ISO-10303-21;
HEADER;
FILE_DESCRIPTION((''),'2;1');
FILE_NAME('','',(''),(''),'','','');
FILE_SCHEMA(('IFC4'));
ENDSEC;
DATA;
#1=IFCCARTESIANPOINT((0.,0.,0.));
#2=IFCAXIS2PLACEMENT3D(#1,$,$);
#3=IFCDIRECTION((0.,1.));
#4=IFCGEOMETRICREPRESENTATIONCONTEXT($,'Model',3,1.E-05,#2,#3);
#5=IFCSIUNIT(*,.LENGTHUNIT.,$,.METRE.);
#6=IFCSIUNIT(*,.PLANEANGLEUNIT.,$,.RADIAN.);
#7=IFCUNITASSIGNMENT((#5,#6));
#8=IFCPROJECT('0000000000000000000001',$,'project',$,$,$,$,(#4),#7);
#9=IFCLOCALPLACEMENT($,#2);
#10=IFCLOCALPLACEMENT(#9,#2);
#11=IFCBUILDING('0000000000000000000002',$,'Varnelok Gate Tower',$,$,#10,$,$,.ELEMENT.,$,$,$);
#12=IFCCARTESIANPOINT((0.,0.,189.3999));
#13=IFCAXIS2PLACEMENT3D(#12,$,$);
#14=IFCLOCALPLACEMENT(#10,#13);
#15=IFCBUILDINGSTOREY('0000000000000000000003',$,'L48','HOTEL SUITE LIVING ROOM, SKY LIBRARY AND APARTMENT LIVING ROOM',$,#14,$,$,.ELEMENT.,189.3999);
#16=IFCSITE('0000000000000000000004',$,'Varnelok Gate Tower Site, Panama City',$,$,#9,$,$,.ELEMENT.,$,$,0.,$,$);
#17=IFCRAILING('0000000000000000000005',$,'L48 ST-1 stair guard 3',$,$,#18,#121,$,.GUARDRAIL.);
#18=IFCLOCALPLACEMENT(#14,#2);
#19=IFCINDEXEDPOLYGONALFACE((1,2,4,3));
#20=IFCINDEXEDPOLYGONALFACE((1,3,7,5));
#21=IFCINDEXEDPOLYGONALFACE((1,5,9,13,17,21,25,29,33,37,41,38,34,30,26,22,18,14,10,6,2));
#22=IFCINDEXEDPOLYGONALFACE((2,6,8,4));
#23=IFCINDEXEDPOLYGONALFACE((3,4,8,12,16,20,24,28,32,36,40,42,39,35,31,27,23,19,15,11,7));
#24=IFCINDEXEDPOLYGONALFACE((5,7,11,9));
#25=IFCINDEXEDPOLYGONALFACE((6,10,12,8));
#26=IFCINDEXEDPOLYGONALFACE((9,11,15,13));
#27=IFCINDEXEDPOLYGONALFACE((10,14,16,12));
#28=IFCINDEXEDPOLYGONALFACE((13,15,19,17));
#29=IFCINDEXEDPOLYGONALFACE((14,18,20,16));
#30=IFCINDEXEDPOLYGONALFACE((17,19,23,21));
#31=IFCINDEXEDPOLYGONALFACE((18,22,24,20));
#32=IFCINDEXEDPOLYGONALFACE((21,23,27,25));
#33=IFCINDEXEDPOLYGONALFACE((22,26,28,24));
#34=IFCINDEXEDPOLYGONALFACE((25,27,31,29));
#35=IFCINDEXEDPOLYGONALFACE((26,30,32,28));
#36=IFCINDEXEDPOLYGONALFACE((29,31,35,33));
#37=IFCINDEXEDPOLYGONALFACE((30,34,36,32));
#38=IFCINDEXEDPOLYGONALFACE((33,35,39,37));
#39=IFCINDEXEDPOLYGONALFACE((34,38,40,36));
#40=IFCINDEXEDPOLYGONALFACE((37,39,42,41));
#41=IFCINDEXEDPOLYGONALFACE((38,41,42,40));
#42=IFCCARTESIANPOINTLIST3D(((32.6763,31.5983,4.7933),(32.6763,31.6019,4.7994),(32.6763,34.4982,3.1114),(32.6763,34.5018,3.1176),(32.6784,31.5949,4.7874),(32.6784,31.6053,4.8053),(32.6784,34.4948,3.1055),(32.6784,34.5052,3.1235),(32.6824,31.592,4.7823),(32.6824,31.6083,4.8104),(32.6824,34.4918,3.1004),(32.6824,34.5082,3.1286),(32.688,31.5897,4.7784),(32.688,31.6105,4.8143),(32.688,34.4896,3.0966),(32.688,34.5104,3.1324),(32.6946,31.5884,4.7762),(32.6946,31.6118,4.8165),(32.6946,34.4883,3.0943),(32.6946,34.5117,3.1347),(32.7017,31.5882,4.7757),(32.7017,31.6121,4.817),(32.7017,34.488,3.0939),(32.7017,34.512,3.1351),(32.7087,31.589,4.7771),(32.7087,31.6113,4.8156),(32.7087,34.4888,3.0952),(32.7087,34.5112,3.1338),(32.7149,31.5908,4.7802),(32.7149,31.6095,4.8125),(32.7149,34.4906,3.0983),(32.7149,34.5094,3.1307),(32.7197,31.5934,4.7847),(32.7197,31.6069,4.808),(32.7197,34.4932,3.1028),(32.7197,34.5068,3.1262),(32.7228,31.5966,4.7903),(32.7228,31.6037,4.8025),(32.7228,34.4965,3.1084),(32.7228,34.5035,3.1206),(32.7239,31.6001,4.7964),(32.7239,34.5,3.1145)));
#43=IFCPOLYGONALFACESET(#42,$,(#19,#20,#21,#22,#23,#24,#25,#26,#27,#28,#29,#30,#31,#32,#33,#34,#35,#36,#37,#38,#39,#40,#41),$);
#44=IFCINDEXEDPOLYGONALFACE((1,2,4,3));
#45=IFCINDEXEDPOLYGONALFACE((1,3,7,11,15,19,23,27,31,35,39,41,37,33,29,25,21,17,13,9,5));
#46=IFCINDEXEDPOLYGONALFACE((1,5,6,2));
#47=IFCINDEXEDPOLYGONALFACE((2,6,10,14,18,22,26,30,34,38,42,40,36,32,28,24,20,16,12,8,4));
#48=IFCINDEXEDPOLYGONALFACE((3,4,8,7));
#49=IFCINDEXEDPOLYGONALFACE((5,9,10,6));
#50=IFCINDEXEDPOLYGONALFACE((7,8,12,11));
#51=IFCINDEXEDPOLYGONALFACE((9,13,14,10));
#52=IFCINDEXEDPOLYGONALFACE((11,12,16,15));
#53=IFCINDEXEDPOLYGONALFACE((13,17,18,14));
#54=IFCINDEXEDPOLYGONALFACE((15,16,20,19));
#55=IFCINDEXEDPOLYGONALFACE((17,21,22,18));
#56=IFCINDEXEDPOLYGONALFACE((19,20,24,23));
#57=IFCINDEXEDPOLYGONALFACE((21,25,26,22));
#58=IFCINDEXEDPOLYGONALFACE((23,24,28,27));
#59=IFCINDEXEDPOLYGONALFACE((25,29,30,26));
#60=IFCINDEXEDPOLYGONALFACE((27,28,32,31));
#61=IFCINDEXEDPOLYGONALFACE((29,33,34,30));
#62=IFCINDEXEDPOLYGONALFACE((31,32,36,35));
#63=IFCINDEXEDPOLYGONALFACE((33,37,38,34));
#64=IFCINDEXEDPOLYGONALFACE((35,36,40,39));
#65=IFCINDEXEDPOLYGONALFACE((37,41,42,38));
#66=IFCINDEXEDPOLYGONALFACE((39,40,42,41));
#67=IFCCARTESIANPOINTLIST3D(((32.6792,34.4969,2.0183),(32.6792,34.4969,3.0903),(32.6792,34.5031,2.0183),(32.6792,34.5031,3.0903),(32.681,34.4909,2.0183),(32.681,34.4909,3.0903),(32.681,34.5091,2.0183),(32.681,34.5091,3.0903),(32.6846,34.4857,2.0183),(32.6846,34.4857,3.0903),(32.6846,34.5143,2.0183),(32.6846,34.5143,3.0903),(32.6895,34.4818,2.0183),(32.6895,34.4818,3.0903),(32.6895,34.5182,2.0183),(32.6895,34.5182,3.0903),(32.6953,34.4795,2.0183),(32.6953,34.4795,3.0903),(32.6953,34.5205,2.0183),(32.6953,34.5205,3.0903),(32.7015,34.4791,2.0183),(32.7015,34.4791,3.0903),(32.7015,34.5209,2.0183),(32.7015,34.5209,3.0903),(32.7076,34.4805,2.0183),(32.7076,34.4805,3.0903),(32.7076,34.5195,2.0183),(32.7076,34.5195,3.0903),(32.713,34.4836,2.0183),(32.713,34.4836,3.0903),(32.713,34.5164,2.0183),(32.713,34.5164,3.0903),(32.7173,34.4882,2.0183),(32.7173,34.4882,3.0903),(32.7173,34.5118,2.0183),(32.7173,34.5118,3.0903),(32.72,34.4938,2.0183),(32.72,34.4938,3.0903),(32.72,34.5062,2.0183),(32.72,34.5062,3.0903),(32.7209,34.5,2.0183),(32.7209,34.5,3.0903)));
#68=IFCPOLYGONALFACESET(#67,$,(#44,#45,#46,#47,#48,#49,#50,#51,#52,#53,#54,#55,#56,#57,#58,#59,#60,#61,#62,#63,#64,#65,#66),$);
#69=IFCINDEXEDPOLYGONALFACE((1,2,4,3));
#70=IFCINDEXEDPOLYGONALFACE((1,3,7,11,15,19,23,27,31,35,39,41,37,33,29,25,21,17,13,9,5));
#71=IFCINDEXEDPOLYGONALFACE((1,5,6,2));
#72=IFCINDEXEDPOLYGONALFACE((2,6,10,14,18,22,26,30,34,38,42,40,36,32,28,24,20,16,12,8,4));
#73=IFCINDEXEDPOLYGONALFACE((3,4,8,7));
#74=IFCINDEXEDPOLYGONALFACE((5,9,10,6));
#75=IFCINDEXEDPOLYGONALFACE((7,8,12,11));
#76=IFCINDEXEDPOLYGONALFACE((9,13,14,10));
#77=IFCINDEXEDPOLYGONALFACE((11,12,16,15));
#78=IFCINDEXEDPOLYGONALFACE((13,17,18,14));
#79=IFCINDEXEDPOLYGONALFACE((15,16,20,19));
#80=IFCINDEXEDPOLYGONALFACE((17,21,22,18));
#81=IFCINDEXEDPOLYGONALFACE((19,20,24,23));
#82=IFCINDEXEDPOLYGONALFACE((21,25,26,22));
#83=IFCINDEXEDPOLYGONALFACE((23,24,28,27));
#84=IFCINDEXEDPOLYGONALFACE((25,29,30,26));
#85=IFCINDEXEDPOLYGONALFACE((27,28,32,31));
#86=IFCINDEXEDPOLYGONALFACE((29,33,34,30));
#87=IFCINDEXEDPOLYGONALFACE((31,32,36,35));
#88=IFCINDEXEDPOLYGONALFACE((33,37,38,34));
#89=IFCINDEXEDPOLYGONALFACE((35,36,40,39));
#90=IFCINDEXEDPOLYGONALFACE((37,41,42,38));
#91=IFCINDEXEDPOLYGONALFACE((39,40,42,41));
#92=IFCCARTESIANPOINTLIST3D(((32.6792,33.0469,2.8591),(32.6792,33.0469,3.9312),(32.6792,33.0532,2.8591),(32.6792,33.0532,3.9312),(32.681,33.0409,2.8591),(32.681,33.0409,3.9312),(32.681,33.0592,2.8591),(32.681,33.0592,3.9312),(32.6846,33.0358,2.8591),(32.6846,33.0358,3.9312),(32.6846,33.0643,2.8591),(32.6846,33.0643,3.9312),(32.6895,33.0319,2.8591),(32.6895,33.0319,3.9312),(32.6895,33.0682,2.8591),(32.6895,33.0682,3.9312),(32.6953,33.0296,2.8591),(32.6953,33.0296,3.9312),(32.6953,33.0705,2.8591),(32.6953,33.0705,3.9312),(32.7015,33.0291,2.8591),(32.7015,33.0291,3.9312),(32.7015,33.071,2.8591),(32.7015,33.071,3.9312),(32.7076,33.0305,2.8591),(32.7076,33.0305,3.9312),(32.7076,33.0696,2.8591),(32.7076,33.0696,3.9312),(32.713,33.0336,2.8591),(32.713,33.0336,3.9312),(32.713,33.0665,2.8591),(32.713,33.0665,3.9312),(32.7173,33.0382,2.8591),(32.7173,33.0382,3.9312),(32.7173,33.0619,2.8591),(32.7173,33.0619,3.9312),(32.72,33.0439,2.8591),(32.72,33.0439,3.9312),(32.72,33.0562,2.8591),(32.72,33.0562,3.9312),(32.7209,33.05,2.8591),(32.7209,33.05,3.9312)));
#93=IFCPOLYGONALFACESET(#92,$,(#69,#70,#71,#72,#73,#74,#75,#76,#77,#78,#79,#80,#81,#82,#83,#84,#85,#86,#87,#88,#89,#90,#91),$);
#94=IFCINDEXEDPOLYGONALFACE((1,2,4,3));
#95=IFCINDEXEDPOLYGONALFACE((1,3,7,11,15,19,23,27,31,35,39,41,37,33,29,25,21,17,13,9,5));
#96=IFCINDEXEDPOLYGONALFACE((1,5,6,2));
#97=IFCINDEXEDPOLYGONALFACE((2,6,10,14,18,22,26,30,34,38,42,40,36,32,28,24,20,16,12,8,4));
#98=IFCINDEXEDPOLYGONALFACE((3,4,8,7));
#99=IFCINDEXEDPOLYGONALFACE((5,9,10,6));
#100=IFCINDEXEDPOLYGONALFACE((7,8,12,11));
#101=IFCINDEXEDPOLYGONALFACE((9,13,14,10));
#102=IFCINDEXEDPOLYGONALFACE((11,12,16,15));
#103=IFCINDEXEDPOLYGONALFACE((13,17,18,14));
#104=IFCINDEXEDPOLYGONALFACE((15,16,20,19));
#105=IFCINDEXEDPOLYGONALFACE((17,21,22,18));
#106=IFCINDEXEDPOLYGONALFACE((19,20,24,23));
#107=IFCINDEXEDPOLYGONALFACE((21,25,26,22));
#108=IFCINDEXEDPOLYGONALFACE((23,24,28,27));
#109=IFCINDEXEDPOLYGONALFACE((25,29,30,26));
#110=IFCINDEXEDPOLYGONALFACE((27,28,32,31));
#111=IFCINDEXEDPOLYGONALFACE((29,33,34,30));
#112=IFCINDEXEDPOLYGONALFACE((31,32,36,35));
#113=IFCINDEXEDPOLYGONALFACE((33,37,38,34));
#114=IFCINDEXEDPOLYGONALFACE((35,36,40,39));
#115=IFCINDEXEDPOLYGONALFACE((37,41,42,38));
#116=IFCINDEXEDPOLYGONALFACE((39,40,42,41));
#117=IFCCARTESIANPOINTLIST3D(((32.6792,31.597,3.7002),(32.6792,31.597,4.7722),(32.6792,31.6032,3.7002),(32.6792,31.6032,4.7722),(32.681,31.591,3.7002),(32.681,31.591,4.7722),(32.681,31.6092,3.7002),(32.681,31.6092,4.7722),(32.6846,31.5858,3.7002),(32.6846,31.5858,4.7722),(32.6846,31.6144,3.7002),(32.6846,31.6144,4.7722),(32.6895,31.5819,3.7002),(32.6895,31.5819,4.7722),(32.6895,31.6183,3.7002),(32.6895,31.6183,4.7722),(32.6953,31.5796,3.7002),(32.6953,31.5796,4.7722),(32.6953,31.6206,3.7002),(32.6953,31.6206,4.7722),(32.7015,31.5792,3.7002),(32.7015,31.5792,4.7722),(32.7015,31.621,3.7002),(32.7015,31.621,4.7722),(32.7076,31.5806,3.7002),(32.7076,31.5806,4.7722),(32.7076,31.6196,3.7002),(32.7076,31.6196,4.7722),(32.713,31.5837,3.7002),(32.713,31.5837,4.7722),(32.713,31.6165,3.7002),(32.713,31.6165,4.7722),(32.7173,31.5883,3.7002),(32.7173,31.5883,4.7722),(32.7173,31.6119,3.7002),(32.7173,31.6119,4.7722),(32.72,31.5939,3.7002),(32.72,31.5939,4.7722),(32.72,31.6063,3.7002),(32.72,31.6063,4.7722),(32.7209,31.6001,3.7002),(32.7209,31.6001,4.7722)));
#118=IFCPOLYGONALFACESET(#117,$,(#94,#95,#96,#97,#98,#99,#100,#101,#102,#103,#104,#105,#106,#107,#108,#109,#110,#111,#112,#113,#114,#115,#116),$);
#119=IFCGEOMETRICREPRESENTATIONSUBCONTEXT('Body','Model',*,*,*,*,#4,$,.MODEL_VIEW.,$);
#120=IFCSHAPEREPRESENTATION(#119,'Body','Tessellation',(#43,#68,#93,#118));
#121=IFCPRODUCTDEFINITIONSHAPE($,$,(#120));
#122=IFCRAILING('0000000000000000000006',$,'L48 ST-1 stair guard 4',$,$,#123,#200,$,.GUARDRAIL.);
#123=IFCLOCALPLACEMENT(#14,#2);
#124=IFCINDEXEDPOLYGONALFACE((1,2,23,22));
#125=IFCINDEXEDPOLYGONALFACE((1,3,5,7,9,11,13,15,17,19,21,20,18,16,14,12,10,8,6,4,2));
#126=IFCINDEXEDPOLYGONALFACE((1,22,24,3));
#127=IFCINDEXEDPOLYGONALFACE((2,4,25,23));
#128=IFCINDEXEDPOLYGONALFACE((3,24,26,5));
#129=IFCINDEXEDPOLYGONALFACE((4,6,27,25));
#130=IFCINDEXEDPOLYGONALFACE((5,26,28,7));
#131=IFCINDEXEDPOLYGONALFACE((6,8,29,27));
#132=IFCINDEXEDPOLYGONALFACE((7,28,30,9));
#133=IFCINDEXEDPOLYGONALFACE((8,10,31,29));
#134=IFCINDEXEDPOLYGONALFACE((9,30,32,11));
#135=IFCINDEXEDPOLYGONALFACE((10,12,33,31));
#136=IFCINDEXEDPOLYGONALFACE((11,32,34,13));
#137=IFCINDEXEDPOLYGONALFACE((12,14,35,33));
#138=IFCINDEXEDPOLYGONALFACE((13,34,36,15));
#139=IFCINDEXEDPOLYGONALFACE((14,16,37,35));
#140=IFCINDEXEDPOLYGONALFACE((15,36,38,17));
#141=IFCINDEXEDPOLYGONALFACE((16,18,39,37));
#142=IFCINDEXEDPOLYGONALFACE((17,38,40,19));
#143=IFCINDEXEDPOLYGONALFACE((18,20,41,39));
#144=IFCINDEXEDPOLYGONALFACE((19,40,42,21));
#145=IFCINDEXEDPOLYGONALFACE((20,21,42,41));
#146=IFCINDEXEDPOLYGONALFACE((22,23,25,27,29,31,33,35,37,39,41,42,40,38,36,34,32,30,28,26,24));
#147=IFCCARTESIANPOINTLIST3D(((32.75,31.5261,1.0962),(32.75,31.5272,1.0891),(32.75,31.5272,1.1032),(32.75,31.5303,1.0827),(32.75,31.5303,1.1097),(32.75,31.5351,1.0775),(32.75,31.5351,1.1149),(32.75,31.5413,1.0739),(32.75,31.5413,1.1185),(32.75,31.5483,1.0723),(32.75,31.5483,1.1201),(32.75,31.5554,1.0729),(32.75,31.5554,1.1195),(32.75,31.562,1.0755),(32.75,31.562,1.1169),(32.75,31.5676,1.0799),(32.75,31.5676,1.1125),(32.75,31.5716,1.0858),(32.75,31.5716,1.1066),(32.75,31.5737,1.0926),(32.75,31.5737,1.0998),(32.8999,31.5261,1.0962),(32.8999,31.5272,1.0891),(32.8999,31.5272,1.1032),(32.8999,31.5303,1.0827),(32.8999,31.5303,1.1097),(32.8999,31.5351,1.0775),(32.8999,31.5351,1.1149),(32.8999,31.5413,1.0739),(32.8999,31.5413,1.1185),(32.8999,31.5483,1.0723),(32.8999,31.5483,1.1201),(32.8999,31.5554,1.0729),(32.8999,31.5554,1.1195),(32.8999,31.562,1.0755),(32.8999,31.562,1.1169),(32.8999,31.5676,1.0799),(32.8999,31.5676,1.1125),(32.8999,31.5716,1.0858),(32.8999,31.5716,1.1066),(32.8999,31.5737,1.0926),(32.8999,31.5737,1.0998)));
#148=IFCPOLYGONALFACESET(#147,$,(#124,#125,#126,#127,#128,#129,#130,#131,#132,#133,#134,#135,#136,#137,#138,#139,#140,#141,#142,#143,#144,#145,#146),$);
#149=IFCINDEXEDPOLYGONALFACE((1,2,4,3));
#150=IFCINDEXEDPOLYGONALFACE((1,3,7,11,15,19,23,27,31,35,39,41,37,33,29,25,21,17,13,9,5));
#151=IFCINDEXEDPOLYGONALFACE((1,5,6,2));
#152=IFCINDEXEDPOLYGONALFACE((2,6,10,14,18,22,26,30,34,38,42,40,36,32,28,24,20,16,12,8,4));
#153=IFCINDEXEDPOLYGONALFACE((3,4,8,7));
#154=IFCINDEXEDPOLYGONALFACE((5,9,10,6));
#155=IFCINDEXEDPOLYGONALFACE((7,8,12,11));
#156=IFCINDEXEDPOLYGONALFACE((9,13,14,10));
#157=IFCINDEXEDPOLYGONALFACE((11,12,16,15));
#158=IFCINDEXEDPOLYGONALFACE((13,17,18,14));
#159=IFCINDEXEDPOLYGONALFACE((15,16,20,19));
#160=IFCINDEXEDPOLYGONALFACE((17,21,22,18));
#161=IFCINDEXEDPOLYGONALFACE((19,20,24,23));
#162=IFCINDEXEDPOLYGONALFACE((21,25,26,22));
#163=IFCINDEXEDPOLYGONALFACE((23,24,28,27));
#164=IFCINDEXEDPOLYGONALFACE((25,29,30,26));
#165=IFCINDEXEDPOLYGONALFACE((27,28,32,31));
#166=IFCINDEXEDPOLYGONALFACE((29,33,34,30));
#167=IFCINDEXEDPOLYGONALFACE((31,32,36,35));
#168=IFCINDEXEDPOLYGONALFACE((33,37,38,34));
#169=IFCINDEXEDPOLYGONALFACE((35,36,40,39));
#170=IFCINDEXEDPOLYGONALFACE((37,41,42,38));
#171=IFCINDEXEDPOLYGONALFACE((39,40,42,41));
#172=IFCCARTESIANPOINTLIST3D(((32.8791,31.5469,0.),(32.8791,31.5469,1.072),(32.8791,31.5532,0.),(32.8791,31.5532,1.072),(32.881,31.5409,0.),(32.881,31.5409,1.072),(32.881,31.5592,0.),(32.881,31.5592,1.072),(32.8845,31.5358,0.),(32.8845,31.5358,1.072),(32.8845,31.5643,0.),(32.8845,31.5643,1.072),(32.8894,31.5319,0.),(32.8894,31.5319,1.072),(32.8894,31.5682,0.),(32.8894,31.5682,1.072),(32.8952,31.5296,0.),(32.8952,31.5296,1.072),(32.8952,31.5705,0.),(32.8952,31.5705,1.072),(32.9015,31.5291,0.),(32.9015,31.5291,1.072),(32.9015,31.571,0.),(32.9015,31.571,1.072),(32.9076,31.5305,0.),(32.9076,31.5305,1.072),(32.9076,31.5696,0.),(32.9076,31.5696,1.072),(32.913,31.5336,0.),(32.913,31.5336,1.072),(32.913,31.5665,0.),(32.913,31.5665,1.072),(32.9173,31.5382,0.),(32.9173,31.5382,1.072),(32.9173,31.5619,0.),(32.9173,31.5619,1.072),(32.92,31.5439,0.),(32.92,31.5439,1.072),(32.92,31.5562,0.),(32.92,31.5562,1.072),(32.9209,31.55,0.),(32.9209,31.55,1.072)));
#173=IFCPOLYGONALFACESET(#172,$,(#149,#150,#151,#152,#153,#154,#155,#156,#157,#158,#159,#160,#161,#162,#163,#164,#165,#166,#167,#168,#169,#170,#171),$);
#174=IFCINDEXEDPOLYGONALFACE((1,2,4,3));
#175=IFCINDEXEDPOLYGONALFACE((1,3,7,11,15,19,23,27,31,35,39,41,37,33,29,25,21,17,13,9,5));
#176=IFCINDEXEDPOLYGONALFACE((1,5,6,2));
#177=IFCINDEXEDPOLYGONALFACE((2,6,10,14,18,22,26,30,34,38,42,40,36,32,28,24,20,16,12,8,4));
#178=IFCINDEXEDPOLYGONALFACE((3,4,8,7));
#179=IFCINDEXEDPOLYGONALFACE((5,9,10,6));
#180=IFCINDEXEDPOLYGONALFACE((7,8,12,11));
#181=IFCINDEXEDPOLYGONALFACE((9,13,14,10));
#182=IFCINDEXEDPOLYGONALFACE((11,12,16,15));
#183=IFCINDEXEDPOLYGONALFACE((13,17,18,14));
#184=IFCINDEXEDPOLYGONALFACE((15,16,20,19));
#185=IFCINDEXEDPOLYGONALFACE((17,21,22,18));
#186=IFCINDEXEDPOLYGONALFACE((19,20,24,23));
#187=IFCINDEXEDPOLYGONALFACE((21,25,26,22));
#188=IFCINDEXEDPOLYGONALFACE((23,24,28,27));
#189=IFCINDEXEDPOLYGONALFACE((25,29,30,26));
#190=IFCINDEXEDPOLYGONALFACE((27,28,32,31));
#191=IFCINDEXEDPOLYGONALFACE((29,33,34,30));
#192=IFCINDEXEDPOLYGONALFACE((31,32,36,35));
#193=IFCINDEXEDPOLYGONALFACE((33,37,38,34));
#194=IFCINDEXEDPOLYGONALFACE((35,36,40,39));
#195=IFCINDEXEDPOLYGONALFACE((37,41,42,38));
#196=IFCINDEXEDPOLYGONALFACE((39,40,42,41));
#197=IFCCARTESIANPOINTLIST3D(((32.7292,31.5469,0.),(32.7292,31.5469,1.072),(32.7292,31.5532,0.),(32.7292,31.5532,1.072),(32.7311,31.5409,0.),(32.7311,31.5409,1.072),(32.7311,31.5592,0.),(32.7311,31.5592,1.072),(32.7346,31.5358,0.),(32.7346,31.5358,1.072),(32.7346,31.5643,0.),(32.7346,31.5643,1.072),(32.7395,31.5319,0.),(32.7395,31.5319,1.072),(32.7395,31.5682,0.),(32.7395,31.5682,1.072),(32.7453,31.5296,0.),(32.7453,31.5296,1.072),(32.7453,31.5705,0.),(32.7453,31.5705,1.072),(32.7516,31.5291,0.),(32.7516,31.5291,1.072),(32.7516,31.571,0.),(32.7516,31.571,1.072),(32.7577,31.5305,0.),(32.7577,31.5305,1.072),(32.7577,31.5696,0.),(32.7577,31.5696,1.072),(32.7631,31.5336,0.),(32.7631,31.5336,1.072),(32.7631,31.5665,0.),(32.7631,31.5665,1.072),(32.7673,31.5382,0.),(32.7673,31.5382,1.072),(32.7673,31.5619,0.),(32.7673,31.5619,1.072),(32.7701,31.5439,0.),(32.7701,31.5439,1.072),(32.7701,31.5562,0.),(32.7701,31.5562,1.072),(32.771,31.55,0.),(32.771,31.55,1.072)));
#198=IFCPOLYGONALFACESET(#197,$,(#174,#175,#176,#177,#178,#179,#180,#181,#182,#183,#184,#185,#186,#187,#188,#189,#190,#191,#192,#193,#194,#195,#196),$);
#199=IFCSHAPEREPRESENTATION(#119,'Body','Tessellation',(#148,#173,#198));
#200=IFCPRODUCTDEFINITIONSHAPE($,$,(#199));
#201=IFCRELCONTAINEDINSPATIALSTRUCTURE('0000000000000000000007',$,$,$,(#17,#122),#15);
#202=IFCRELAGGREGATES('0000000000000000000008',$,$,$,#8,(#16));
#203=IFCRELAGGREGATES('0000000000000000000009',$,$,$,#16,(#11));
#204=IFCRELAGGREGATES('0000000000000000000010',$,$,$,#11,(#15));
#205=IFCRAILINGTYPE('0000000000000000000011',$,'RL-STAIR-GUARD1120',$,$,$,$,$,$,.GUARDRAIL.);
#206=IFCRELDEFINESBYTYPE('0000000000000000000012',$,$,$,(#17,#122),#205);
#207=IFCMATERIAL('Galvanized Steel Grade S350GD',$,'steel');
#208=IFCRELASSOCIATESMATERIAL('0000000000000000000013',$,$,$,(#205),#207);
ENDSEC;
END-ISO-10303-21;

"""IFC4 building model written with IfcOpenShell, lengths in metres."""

from ifc_helpers import new_model, si_unit, direction, frame, origin, origin_2d, place, context, subcontext, project, spatial, circle, extrude, material, type_object, element, save


model = new_model("IFC4")

# Units and contexts
model_context = context("Model", 3, precision=1e-05, world=origin(), true_north=direction((0.0, 1.0)))
body_context = subcontext(model_context, "Body", "Model", "MODEL_VIEW")
ifc_project = project(units=[si_unit("LENGTHUNIT", "METRE"), si_unit("PLANEANGLEUNIT", "RADIAN")], contexts=[model_context])

# Site, building, storey
site_placement = place(None, origin())
site = spatial("IfcSite", under=ifc_project, at=site_placement, Name="Varnelok Gate Tower Site, Panama City", CompositionType="ELEMENT", RefElevation=0.0)
building_placement = place(site_placement, origin())
building = spatial("IfcBuilding", under=site, at=building_placement, Name="Varnelok Gate Tower", CompositionType="ELEMENT")
storey_placement = place(building_placement, frame((0.0, 0.0, 189.3999)))
storey = spatial("IfcBuildingStorey", under=building, at=storey_placement, Name="L48", Description="HOTEL SUITE LIVING ROOM, SKY LIBRARY AND APARTMENT LIVING ROOM", CompositionType="ELEMENT", Elevation=189.3999)

# Shared definitions
ifc_material_1 = material(Name="Galvanized Steel Grade S350GD", Category="steel")

# Railings
railing_type_1 = type_object("IfcRailingType", Name="RL-STAIR-GUARD1120", PredefinedType="GUARDRAIL", material=ifc_material_1)
railing_1_placement = place(storey_placement, frame((32.7, 34.5, 2.0183)))
element("IfcRailing", 1, at=railing_1_placement, inside=storey, type_object=railing_type_1, Name="L48 ST-1 stair guard 3", PredefinedType="GUARDRAIL", context=body_context, shape_type="SweptSolid", body=[
    extrude(circle(Radius=0.0239, at=origin_2d()), frame((0.0, 0.0, 1.0962), z_axis=(0.0, -0.865039, 0.501705), x_axis=(1.0, 0.0, 0.0)), (0.0, 0.0, 1.0), 3.3523),
    extrude(circle(Radius=0.021, at=origin_2d()), origin(), (0.0, 0.0, 1.0), 1.072),
    extrude(circle(Radius=0.021, at=origin_2d()), frame((0.0, -1.45, 0.8408)), (0.0, 0.0, 1.0), 1.072),
    extrude(circle(Radius=0.021, at=origin_2d()), frame((0.0, -2.8999, 1.6819)), (0.0, 0.0, 1.0), 1.072),
])
railing_2_placement = place(storey_placement, frame((32.8999, 31.55, 0.0)))
element("IfcRailing", 2, at=railing_2_placement, inside=storey, type_object=railing_type_1, Name="L48 ST-1 stair guard 4", PredefinedType="GUARDRAIL", context=body_context, shape_type="SweptSolid", body=[
    extrude(circle(Radius=0.0239, at=origin_2d()), frame((0.0, 0.0, 1.0962), z_axis=(-1.0, 0.0, 0.0), x_axis=(0.0, -1.0, 0.0)), (0.0, 0.0, 1.0), 0.1499),
    extrude(circle(Radius=0.021, at=origin_2d()), origin(), (0.0, 0.0, 1.0), 1.072),
    extrude(circle(Radius=0.021, at=origin_2d()), frame((-0.1499, 0.0, 0.0)), (0.0, 0.0, 1.0), 1.072),
])

save(model, "model.ifc")
